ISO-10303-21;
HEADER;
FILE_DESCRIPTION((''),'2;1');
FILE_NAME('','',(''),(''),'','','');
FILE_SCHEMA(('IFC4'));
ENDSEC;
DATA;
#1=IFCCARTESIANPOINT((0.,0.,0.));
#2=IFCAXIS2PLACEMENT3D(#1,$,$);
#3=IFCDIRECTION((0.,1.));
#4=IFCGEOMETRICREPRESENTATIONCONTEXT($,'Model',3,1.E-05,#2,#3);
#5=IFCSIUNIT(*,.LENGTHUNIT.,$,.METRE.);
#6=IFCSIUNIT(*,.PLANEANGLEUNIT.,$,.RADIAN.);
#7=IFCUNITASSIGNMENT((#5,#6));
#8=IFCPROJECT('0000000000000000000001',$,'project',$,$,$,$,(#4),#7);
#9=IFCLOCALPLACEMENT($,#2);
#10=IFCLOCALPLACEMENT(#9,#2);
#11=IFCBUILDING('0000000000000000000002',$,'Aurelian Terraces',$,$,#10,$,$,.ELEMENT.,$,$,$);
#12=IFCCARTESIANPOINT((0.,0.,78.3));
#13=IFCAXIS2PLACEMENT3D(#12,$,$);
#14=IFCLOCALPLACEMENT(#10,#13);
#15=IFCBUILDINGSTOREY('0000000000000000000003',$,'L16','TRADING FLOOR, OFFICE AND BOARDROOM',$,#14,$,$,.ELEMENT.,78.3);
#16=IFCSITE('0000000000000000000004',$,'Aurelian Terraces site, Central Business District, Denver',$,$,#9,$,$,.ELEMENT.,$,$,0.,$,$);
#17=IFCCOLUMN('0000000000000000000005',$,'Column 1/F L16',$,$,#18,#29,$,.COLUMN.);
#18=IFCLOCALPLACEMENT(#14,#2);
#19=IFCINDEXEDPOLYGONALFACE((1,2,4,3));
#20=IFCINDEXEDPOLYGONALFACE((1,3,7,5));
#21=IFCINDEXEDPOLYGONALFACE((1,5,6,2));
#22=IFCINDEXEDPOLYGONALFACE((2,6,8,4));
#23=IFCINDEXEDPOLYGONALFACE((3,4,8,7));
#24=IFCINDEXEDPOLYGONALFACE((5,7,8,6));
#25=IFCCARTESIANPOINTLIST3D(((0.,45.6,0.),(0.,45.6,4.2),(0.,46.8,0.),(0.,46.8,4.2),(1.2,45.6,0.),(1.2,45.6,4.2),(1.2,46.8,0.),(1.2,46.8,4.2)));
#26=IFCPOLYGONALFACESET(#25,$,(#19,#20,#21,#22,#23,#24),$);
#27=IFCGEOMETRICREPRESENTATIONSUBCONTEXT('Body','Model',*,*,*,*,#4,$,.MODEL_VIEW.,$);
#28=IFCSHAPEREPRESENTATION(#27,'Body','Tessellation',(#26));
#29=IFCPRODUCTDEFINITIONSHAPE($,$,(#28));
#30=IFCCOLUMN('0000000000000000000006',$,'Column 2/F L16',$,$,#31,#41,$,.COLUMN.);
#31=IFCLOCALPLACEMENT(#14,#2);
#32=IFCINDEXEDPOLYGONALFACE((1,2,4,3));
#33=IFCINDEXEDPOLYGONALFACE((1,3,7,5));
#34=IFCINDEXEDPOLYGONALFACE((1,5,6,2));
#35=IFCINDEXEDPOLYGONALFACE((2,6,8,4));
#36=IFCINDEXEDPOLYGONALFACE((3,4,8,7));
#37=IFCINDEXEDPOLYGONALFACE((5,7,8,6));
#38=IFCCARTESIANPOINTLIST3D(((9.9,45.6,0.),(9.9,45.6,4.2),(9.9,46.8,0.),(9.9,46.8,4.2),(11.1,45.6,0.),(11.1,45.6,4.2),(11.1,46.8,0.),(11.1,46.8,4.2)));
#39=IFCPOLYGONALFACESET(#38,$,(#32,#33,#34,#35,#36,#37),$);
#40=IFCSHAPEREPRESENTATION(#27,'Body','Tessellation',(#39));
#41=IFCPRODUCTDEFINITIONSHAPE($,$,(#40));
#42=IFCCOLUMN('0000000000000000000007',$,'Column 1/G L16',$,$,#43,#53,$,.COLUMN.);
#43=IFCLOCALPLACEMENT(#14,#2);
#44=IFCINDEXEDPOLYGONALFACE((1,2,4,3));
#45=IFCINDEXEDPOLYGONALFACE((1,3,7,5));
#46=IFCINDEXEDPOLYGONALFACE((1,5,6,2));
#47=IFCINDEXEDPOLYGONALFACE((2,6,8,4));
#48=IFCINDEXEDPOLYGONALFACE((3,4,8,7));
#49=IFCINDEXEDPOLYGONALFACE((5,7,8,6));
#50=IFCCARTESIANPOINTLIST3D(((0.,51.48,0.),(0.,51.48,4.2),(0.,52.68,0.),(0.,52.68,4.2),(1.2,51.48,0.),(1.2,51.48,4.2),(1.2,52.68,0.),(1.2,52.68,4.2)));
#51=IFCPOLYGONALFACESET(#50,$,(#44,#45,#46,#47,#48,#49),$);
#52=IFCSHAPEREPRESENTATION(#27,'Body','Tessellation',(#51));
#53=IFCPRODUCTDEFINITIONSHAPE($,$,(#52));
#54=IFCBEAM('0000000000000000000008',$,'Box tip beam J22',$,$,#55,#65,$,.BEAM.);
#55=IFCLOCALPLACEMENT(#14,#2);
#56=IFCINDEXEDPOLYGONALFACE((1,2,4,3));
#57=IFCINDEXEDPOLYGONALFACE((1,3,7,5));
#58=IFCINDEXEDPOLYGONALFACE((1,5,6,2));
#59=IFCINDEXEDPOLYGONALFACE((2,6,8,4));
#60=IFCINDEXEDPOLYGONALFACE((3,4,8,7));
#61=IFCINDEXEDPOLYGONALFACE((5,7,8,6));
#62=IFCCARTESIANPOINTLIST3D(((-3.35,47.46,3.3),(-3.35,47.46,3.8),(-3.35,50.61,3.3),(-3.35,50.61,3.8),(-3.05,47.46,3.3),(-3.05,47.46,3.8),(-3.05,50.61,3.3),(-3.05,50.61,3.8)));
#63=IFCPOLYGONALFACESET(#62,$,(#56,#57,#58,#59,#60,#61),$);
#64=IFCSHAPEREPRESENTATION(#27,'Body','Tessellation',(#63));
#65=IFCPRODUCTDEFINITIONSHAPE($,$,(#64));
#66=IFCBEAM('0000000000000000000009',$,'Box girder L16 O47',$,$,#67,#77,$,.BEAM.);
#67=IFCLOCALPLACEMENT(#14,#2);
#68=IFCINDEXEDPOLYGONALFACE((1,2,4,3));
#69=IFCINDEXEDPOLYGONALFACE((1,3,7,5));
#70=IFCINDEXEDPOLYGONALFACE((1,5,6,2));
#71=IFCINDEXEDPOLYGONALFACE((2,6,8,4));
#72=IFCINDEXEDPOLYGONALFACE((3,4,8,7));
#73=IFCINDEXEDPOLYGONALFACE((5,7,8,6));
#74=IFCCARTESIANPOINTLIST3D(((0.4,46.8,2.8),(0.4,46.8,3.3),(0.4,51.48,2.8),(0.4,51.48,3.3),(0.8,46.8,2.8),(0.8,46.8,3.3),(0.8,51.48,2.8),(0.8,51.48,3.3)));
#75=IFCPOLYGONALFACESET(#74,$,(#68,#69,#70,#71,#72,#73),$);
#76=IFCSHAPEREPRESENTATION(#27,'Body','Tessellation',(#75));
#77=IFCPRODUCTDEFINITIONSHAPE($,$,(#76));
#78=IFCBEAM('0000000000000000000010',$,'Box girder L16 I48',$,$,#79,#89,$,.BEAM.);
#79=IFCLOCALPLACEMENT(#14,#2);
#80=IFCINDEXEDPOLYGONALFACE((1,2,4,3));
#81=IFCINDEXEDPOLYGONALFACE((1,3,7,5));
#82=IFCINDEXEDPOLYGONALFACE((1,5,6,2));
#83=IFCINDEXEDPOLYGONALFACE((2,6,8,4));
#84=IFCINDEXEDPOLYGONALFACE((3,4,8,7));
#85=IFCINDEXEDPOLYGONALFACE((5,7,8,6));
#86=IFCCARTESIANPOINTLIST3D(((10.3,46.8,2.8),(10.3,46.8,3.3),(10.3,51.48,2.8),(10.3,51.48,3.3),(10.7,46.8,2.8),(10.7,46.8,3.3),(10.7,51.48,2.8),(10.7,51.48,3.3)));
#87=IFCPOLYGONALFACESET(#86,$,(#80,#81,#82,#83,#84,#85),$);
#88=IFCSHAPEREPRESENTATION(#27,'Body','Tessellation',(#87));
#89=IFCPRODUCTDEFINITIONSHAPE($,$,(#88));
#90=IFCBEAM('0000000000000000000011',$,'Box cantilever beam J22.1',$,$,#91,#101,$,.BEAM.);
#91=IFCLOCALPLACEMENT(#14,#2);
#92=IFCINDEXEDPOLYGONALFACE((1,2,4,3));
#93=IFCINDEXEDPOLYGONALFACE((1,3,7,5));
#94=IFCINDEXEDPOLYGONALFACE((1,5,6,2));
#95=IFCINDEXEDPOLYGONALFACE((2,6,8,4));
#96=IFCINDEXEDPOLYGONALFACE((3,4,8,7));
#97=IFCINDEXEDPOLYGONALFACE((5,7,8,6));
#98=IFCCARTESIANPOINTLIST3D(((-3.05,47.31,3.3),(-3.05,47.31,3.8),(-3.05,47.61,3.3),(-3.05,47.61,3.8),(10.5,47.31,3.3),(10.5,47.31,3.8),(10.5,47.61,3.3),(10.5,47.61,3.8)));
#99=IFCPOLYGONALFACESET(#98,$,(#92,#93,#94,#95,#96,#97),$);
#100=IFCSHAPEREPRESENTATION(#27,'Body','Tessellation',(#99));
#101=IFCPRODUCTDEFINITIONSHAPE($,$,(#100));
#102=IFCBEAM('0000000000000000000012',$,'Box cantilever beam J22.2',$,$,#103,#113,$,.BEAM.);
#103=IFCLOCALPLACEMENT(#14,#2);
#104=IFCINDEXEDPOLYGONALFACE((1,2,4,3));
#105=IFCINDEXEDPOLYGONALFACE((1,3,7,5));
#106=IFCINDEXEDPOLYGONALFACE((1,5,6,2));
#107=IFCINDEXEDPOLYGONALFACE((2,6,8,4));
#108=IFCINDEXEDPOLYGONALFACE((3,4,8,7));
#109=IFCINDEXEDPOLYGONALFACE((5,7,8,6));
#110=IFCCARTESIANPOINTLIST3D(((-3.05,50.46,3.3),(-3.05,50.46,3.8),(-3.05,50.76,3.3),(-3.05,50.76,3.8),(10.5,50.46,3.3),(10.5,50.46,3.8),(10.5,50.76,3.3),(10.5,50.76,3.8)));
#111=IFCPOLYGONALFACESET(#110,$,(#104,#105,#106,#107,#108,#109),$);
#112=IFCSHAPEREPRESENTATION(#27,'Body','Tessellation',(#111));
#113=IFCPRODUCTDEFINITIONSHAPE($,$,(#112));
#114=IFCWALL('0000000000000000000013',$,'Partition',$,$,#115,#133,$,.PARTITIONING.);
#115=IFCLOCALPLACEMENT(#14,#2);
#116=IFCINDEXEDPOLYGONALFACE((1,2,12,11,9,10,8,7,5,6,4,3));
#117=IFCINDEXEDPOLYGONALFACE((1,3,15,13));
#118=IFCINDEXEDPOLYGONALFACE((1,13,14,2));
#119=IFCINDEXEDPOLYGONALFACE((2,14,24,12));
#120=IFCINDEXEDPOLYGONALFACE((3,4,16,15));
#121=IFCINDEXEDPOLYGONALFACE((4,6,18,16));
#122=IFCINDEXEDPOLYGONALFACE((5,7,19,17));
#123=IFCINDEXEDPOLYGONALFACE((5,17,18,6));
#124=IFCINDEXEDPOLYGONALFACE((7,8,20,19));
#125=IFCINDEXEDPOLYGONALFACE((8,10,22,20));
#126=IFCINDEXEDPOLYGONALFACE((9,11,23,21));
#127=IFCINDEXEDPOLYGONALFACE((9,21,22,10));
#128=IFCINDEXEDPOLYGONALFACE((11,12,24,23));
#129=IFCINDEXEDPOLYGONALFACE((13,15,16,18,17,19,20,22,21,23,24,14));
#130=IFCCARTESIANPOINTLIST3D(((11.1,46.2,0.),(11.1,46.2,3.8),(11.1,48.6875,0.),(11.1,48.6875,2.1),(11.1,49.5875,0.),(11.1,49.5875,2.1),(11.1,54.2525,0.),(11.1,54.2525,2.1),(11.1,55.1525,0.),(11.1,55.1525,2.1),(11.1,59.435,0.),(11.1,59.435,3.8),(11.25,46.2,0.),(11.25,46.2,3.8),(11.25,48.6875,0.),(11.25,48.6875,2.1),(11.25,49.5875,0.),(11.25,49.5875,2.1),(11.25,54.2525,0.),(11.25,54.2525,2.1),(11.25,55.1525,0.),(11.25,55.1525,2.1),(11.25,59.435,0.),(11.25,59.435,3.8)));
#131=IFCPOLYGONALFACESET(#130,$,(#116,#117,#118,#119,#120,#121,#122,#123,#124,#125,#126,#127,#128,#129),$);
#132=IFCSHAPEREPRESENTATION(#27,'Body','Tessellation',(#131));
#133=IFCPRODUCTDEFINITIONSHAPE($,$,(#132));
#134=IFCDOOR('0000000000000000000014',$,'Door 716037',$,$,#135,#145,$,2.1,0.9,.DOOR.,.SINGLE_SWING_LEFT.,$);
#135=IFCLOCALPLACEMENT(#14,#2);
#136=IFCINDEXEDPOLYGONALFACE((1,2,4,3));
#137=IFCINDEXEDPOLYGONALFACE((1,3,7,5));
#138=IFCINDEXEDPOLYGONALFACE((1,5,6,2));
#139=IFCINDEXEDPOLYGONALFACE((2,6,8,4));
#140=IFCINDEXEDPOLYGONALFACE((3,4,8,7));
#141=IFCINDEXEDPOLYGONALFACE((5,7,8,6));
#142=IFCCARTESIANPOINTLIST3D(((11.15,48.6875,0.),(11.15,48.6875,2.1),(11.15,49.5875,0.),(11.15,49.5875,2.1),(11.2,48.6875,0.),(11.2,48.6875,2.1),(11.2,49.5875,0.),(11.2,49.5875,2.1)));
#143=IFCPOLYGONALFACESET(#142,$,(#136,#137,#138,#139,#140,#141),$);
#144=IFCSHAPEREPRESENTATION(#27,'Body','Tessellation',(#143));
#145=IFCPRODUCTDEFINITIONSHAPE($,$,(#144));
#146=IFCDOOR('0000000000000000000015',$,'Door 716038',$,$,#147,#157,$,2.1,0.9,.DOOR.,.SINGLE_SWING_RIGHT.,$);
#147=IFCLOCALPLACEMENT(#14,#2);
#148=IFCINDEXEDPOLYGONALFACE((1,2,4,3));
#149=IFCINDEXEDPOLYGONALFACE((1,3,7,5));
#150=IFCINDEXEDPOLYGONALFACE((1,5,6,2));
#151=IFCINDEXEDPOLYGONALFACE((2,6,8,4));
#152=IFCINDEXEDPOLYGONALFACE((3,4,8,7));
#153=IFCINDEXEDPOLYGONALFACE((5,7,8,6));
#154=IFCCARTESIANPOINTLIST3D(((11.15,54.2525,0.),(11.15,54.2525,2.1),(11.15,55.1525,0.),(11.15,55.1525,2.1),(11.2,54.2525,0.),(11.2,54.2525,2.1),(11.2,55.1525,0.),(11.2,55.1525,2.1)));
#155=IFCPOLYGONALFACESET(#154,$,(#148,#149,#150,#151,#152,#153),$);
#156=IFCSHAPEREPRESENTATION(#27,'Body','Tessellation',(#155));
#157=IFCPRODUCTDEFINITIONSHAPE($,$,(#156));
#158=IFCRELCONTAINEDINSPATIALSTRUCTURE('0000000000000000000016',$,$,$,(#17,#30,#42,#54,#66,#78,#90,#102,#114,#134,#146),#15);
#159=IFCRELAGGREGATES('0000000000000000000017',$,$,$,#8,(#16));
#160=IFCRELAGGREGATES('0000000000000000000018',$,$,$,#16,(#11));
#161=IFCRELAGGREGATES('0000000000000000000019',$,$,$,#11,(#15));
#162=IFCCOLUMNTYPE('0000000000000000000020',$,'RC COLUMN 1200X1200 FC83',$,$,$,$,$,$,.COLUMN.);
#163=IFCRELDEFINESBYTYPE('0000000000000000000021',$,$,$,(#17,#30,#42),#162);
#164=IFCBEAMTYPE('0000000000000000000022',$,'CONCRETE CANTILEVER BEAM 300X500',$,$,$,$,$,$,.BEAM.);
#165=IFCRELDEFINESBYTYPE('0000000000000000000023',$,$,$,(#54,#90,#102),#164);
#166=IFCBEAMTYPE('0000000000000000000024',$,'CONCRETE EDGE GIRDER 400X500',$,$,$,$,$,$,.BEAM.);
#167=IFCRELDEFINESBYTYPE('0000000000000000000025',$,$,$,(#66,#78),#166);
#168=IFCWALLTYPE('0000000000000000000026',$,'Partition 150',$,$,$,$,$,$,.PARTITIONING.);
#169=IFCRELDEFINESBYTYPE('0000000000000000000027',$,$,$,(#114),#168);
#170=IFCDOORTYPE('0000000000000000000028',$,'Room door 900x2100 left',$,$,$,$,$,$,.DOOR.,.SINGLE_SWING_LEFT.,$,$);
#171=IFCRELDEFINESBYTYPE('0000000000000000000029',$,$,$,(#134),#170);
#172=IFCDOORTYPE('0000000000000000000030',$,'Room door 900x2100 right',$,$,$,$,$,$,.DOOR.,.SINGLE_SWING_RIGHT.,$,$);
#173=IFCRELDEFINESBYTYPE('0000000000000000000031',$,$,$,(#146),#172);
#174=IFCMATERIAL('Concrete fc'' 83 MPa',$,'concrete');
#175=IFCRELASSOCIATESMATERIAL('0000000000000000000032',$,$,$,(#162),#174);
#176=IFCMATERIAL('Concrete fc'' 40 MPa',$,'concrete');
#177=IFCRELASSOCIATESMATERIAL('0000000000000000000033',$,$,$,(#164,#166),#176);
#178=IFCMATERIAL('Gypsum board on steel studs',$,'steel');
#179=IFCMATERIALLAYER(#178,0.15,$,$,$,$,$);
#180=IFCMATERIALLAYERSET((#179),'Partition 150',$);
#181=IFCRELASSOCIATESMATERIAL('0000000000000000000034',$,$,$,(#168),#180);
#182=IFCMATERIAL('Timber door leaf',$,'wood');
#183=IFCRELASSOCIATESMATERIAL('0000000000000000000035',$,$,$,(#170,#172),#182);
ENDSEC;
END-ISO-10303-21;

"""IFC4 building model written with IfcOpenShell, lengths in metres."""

from ifc_helpers import new_model, si_unit, direction, frame, frame_2d, origin, origin_2d, place, context, subcontext, project, spatial, rectangle, extrude, source, transform, mapped, material, layer, layer_set, material_profile, profile_set, type_object, element, fill, save


model = new_model("IFC4")

# Units and contexts
model_context = context("Model", 3, precision=1e-05, world=origin(), true_north=direction((0.0, 1.0)))
body_context = subcontext(model_context, "Body", "Model", "MODEL_VIEW")
ifc_project = project(units=[si_unit("LENGTHUNIT", "METRE"), si_unit("PLANEANGLEUNIT", "RADIAN")], contexts=[model_context])

# Site, building, storey
site_placement = place(None, origin())
site = spatial("IfcSite", under=ifc_project, at=site_placement, Name="Aurelian Terraces site, Central Business District, Denver", CompositionType="ELEMENT", RefElevation=0.0)
building_placement = place(site_placement, origin())
building = spatial("IfcBuilding", under=site, at=building_placement, Name="Aurelian Terraces", CompositionType="ELEMENT")
storey_placement = place(building_placement, frame((0.0, 0.0, 78.3)))
storey = spatial("IfcBuildingStorey", under=building, at=storey_placement, Name="L16", Description="TRADING FLOOR, OFFICE AND BOARDROOM", CompositionType="ELEMENT", Elevation=78.3)

# Columns
ifc_material_1 = material(Name="Concrete fc' 83 MPa", Category="concrete")
ifc_material_profile_1 = material_profile(ifc_material_1, rectangle(XDim=1.2, YDim=1.2, at=origin_2d()))
ifc_profile_set_1 = profile_set([ifc_material_profile_1], Name="Concrete fc' 83 MPa")
column_type = type_object("IfcColumnType", Name="RC COLUMN 1200X1200 FC83", PredefinedType="COLUMN", material=ifc_profile_set_1)
shared_shape_1 = source(origin(), body_context, "Body", "SweptSolid", [
    extrude(rectangle(XDim=1.2, YDim=1.2, at=origin_2d()), origin(), (0.0, 0.0, 1.0), 4.2),
])
for number, where, z_axis, x_axis, name in (
    (1, (0.6, 46.2, 0.0), (0.0, 0.0, 1.0), (1.0, 0.0, 0.0), "Column 1/F L16"),
    (2, (10.5, 46.2, 0.0), (0.0, 0.0, 1.0), (1.0, 0.0, 0.0), "Column 2/F L16"),
    (3, (0.6, 52.08, 0.0), (0.0, 0.0, 1.0), (1.0, 0.0, 0.0), "Column 1/G L16"),
):
    element("IfcColumn", number, at=place(storey_placement, frame(where, z_axis=z_axis, x_axis=x_axis)), inside=storey, type_object=column_type, Name=name, PredefinedType="COLUMN", context=body_context, shape_type="MappedRepresentation", body=[
        mapped(shared_shape_1, transform((0.0, 0.0, 0.0), scale=1.0)),
    ])

# Beams
ifc_material_2 = material(Name="Concrete fc' 40 MPa", Category="concrete")
ifc_material_profile_2 = material_profile(ifc_material_2, rectangle(XDim=0.3, YDim=0.5, at=origin_2d()))
ifc_profile_set_2 = profile_set([ifc_material_profile_2], Name="Concrete fc' 40 MPa")
beam_type_1 = type_object("IfcBeamType", Name="CONCRETE CANTILEVER BEAM 300X500", PredefinedType="BEAM", material=ifc_profile_set_2)
beam_placement = place(storey_placement, frame((-3.2, 47.46, 3.55), z_axis=(0.0, 1.0, 0.0), x_axis=(-1.0, 0.0, 0.0)))
element("IfcBeam", 4, at=beam_placement, inside=storey, type_object=beam_type_1, Name="Box tip beam J22", PredefinedType="BEAM", context=body_context, shape_type="SweptSolid", body=[
    extrude(rectangle(XDim=0.3, YDim=0.5, at=origin_2d()), origin(), (0.0, 0.0, 1.0), 3.15),
])
ifc_material_profile_3 = material_profile(ifc_material_2, rectangle(XDim=0.4, YDim=0.5, at=origin_2d()))
ifc_profile_set_3 = profile_set([ifc_material_profile_3], Name="Concrete fc' 40 MPa")
beam_type_2 = type_object("IfcBeamType", Name="CONCRETE EDGE GIRDER 400X500", PredefinedType="BEAM", material=ifc_profile_set_3)
shared_shape_2 = source(origin(), body_context, "Body", "SweptSolid", [
    extrude(rectangle(XDim=0.4, YDim=0.5, at=origin_2d()), origin(), (0.0, 0.0, 1.0), 4.68),
])
for number, where, z_axis, x_axis, name in (
    (5, (0.6, 46.8, 3.05), (0.0, 1.0, 0.0), (-1.0, 0.0, 0.0), "Box girder L16 O47"),
    (6, (10.5, 46.8, 3.05), (0.0, 1.0, 0.0), (-1.0, 0.0, 0.0), "Box girder L16 I48"),
):
    element("IfcBeam", number, at=place(storey_placement, frame(where, z_axis=z_axis, x_axis=x_axis)), inside=storey, type_object=beam_type_2, Name=name, PredefinedType="BEAM", context=body_context, shape_type="MappedRepresentation", body=[
        mapped(shared_shape_2, transform((0.0, 0.0, 0.0), scale=1.0)),
    ])
shared_shape_3 = source(origin(), body_context, "Body", "SweptSolid", [
    extrude(rectangle(XDim=0.3, YDim=0.5, at=origin_2d()), origin(), (0.0, 0.0, 1.0), 13.55),
])
for number, where, z_axis, x_axis, name in (
    (7, (-3.05, 47.46, 3.55), (1.0, 0.0, 0.0), (0.0, 1.0, 0.0), "Box cantilever beam J22.1"),
    (8, (-3.05, 50.61, 3.55), (1.0, 0.0, 0.0), (0.0, 1.0, 0.0), "Box cantilever beam J22.2"),
):
    element("IfcBeam", number, at=place(storey_placement, frame(where, z_axis=z_axis, x_axis=x_axis)), inside=storey, type_object=beam_type_1, Name=name, PredefinedType="BEAM", context=body_context, shape_type="MappedRepresentation", body=[
        mapped(shared_shape_3, transform((0.0, 0.0, 0.0), scale=1.0)),
    ])

# Wall, openings, doors
ifc_material_3 = material(Name="Gypsum board on steel studs", Category="steel")
ifc_layer_1 = layer(ifc_material_3, 0.15)
ifc_layer_set_1 = layer_set([ifc_layer_1], Name="Partition 150")
wall_type_1 = type_object("IfcWallType", Name="Partition 150", PredefinedType="PARTITIONING", material=ifc_layer_set_1)
wall_1_placement = place(storey_placement, frame((11.175, 46.2, 0.0), z_axis=(0.0, 0.0, 1.0), x_axis=(0.0, 1.0, 0.0)))
wall_1 = element("IfcWall", 9, at=wall_1_placement, inside=storey, type_object=wall_type_1, Name="Partition", PredefinedType="PARTITIONING", context=body_context, shape_type="SweptSolid", body=[
    extrude(rectangle(XDim=13.235, YDim=0.15, at=frame_2d((6.6175, 0.0))), origin(), (0.0, 0.0, 1.0), 3.8),
])
shared_shape_4 = source(origin(), body_context, "Body", "SweptSolid", [
    extrude(rectangle(XDim=0.9, YDim=2.1, at=frame_2d((0.45, 1.05))), frame((0.0, 0.085, 0.0), z_axis=(0.0, -1.0, 0.0), x_axis=(1.0, 0.0, 0.0)), (0.0, 0.0, 1.0), 0.17),
])
opening_1_placement = place(wall_1_placement, frame((2.4875, 0.0, 0.0)))
opening_1 = element("IfcOpeningElement", 10, at=opening_1_placement, cuts=wall_1, PredefinedType="OPENING", context=body_context, shape_type="MappedRepresentation", body=[
    mapped(shared_shape_4, transform((0.0, 0.0, 0.0), scale=1.0)),
])
opening_2_placement = place(wall_1_placement, frame((8.0525, 0.0, 0.0)))
opening_2 = element("IfcOpeningElement", 11, at=opening_2_placement, cuts=wall_1, PredefinedType="OPENING", context=body_context, shape_type="MappedRepresentation", body=[
    mapped(shared_shape_4, transform((0.0, 0.0, 0.0), scale=1.0)),
])
ifc_material_4 = material(Name="Timber door leaf", Category="wood")
door_type_1 = type_object("IfcDoorType", Name="Room door 900x2100 left", OperationType="SINGLE_SWING_LEFT", PredefinedType="DOOR", material=ifc_material_4)
shared_shape_5 = source(origin(), body_context, "Body", "SweptSolid", [
    extrude(rectangle(XDim=0.9, YDim=2.1, at=frame_2d((0.45, 1.05))), frame((0.0, 0.025, 0.0), z_axis=(0.0, -1.0, 0.0), x_axis=(1.0, 0.0, 0.0)), (0.0, 0.0, 1.0), 0.05),
])
door_1_placement = place(opening_1_placement, origin())
door_1 = element("IfcDoor", 12, at=door_1_placement, inside=storey, type_object=door_type_1, Name="Door 716037", OperationType="SINGLE_SWING_LEFT", OverallHeight=2.1, OverallWidth=0.9, PredefinedType="DOOR", context=body_context, shape_type="MappedRepresentation", body=[
    mapped(shared_shape_5, transform((0.0, 0.0, 0.0), scale=1.0)),
])
fill(opening_1, door_1)
door_type_2 = type_object("IfcDoorType", Name="Room door 900x2100 right", OperationType="SINGLE_SWING_RIGHT", PredefinedType="DOOR", material=ifc_material_4)
door_2_placement = place(opening_2_placement, origin())
door_2 = element("IfcDoor", 13, at=door_2_placement, inside=storey, type_object=door_type_2, Name="Door 716038", OperationType="SINGLE_SWING_RIGHT", OverallHeight=2.1, OverallWidth=0.9, PredefinedType="DOOR", context=body_context, shape_type="MappedRepresentation", body=[
    mapped(shared_shape_5, transform((0.0, 0.0, 0.0), scale=1.0)),
])
fill(opening_2, door_2)

save(model, "model.ifc")
